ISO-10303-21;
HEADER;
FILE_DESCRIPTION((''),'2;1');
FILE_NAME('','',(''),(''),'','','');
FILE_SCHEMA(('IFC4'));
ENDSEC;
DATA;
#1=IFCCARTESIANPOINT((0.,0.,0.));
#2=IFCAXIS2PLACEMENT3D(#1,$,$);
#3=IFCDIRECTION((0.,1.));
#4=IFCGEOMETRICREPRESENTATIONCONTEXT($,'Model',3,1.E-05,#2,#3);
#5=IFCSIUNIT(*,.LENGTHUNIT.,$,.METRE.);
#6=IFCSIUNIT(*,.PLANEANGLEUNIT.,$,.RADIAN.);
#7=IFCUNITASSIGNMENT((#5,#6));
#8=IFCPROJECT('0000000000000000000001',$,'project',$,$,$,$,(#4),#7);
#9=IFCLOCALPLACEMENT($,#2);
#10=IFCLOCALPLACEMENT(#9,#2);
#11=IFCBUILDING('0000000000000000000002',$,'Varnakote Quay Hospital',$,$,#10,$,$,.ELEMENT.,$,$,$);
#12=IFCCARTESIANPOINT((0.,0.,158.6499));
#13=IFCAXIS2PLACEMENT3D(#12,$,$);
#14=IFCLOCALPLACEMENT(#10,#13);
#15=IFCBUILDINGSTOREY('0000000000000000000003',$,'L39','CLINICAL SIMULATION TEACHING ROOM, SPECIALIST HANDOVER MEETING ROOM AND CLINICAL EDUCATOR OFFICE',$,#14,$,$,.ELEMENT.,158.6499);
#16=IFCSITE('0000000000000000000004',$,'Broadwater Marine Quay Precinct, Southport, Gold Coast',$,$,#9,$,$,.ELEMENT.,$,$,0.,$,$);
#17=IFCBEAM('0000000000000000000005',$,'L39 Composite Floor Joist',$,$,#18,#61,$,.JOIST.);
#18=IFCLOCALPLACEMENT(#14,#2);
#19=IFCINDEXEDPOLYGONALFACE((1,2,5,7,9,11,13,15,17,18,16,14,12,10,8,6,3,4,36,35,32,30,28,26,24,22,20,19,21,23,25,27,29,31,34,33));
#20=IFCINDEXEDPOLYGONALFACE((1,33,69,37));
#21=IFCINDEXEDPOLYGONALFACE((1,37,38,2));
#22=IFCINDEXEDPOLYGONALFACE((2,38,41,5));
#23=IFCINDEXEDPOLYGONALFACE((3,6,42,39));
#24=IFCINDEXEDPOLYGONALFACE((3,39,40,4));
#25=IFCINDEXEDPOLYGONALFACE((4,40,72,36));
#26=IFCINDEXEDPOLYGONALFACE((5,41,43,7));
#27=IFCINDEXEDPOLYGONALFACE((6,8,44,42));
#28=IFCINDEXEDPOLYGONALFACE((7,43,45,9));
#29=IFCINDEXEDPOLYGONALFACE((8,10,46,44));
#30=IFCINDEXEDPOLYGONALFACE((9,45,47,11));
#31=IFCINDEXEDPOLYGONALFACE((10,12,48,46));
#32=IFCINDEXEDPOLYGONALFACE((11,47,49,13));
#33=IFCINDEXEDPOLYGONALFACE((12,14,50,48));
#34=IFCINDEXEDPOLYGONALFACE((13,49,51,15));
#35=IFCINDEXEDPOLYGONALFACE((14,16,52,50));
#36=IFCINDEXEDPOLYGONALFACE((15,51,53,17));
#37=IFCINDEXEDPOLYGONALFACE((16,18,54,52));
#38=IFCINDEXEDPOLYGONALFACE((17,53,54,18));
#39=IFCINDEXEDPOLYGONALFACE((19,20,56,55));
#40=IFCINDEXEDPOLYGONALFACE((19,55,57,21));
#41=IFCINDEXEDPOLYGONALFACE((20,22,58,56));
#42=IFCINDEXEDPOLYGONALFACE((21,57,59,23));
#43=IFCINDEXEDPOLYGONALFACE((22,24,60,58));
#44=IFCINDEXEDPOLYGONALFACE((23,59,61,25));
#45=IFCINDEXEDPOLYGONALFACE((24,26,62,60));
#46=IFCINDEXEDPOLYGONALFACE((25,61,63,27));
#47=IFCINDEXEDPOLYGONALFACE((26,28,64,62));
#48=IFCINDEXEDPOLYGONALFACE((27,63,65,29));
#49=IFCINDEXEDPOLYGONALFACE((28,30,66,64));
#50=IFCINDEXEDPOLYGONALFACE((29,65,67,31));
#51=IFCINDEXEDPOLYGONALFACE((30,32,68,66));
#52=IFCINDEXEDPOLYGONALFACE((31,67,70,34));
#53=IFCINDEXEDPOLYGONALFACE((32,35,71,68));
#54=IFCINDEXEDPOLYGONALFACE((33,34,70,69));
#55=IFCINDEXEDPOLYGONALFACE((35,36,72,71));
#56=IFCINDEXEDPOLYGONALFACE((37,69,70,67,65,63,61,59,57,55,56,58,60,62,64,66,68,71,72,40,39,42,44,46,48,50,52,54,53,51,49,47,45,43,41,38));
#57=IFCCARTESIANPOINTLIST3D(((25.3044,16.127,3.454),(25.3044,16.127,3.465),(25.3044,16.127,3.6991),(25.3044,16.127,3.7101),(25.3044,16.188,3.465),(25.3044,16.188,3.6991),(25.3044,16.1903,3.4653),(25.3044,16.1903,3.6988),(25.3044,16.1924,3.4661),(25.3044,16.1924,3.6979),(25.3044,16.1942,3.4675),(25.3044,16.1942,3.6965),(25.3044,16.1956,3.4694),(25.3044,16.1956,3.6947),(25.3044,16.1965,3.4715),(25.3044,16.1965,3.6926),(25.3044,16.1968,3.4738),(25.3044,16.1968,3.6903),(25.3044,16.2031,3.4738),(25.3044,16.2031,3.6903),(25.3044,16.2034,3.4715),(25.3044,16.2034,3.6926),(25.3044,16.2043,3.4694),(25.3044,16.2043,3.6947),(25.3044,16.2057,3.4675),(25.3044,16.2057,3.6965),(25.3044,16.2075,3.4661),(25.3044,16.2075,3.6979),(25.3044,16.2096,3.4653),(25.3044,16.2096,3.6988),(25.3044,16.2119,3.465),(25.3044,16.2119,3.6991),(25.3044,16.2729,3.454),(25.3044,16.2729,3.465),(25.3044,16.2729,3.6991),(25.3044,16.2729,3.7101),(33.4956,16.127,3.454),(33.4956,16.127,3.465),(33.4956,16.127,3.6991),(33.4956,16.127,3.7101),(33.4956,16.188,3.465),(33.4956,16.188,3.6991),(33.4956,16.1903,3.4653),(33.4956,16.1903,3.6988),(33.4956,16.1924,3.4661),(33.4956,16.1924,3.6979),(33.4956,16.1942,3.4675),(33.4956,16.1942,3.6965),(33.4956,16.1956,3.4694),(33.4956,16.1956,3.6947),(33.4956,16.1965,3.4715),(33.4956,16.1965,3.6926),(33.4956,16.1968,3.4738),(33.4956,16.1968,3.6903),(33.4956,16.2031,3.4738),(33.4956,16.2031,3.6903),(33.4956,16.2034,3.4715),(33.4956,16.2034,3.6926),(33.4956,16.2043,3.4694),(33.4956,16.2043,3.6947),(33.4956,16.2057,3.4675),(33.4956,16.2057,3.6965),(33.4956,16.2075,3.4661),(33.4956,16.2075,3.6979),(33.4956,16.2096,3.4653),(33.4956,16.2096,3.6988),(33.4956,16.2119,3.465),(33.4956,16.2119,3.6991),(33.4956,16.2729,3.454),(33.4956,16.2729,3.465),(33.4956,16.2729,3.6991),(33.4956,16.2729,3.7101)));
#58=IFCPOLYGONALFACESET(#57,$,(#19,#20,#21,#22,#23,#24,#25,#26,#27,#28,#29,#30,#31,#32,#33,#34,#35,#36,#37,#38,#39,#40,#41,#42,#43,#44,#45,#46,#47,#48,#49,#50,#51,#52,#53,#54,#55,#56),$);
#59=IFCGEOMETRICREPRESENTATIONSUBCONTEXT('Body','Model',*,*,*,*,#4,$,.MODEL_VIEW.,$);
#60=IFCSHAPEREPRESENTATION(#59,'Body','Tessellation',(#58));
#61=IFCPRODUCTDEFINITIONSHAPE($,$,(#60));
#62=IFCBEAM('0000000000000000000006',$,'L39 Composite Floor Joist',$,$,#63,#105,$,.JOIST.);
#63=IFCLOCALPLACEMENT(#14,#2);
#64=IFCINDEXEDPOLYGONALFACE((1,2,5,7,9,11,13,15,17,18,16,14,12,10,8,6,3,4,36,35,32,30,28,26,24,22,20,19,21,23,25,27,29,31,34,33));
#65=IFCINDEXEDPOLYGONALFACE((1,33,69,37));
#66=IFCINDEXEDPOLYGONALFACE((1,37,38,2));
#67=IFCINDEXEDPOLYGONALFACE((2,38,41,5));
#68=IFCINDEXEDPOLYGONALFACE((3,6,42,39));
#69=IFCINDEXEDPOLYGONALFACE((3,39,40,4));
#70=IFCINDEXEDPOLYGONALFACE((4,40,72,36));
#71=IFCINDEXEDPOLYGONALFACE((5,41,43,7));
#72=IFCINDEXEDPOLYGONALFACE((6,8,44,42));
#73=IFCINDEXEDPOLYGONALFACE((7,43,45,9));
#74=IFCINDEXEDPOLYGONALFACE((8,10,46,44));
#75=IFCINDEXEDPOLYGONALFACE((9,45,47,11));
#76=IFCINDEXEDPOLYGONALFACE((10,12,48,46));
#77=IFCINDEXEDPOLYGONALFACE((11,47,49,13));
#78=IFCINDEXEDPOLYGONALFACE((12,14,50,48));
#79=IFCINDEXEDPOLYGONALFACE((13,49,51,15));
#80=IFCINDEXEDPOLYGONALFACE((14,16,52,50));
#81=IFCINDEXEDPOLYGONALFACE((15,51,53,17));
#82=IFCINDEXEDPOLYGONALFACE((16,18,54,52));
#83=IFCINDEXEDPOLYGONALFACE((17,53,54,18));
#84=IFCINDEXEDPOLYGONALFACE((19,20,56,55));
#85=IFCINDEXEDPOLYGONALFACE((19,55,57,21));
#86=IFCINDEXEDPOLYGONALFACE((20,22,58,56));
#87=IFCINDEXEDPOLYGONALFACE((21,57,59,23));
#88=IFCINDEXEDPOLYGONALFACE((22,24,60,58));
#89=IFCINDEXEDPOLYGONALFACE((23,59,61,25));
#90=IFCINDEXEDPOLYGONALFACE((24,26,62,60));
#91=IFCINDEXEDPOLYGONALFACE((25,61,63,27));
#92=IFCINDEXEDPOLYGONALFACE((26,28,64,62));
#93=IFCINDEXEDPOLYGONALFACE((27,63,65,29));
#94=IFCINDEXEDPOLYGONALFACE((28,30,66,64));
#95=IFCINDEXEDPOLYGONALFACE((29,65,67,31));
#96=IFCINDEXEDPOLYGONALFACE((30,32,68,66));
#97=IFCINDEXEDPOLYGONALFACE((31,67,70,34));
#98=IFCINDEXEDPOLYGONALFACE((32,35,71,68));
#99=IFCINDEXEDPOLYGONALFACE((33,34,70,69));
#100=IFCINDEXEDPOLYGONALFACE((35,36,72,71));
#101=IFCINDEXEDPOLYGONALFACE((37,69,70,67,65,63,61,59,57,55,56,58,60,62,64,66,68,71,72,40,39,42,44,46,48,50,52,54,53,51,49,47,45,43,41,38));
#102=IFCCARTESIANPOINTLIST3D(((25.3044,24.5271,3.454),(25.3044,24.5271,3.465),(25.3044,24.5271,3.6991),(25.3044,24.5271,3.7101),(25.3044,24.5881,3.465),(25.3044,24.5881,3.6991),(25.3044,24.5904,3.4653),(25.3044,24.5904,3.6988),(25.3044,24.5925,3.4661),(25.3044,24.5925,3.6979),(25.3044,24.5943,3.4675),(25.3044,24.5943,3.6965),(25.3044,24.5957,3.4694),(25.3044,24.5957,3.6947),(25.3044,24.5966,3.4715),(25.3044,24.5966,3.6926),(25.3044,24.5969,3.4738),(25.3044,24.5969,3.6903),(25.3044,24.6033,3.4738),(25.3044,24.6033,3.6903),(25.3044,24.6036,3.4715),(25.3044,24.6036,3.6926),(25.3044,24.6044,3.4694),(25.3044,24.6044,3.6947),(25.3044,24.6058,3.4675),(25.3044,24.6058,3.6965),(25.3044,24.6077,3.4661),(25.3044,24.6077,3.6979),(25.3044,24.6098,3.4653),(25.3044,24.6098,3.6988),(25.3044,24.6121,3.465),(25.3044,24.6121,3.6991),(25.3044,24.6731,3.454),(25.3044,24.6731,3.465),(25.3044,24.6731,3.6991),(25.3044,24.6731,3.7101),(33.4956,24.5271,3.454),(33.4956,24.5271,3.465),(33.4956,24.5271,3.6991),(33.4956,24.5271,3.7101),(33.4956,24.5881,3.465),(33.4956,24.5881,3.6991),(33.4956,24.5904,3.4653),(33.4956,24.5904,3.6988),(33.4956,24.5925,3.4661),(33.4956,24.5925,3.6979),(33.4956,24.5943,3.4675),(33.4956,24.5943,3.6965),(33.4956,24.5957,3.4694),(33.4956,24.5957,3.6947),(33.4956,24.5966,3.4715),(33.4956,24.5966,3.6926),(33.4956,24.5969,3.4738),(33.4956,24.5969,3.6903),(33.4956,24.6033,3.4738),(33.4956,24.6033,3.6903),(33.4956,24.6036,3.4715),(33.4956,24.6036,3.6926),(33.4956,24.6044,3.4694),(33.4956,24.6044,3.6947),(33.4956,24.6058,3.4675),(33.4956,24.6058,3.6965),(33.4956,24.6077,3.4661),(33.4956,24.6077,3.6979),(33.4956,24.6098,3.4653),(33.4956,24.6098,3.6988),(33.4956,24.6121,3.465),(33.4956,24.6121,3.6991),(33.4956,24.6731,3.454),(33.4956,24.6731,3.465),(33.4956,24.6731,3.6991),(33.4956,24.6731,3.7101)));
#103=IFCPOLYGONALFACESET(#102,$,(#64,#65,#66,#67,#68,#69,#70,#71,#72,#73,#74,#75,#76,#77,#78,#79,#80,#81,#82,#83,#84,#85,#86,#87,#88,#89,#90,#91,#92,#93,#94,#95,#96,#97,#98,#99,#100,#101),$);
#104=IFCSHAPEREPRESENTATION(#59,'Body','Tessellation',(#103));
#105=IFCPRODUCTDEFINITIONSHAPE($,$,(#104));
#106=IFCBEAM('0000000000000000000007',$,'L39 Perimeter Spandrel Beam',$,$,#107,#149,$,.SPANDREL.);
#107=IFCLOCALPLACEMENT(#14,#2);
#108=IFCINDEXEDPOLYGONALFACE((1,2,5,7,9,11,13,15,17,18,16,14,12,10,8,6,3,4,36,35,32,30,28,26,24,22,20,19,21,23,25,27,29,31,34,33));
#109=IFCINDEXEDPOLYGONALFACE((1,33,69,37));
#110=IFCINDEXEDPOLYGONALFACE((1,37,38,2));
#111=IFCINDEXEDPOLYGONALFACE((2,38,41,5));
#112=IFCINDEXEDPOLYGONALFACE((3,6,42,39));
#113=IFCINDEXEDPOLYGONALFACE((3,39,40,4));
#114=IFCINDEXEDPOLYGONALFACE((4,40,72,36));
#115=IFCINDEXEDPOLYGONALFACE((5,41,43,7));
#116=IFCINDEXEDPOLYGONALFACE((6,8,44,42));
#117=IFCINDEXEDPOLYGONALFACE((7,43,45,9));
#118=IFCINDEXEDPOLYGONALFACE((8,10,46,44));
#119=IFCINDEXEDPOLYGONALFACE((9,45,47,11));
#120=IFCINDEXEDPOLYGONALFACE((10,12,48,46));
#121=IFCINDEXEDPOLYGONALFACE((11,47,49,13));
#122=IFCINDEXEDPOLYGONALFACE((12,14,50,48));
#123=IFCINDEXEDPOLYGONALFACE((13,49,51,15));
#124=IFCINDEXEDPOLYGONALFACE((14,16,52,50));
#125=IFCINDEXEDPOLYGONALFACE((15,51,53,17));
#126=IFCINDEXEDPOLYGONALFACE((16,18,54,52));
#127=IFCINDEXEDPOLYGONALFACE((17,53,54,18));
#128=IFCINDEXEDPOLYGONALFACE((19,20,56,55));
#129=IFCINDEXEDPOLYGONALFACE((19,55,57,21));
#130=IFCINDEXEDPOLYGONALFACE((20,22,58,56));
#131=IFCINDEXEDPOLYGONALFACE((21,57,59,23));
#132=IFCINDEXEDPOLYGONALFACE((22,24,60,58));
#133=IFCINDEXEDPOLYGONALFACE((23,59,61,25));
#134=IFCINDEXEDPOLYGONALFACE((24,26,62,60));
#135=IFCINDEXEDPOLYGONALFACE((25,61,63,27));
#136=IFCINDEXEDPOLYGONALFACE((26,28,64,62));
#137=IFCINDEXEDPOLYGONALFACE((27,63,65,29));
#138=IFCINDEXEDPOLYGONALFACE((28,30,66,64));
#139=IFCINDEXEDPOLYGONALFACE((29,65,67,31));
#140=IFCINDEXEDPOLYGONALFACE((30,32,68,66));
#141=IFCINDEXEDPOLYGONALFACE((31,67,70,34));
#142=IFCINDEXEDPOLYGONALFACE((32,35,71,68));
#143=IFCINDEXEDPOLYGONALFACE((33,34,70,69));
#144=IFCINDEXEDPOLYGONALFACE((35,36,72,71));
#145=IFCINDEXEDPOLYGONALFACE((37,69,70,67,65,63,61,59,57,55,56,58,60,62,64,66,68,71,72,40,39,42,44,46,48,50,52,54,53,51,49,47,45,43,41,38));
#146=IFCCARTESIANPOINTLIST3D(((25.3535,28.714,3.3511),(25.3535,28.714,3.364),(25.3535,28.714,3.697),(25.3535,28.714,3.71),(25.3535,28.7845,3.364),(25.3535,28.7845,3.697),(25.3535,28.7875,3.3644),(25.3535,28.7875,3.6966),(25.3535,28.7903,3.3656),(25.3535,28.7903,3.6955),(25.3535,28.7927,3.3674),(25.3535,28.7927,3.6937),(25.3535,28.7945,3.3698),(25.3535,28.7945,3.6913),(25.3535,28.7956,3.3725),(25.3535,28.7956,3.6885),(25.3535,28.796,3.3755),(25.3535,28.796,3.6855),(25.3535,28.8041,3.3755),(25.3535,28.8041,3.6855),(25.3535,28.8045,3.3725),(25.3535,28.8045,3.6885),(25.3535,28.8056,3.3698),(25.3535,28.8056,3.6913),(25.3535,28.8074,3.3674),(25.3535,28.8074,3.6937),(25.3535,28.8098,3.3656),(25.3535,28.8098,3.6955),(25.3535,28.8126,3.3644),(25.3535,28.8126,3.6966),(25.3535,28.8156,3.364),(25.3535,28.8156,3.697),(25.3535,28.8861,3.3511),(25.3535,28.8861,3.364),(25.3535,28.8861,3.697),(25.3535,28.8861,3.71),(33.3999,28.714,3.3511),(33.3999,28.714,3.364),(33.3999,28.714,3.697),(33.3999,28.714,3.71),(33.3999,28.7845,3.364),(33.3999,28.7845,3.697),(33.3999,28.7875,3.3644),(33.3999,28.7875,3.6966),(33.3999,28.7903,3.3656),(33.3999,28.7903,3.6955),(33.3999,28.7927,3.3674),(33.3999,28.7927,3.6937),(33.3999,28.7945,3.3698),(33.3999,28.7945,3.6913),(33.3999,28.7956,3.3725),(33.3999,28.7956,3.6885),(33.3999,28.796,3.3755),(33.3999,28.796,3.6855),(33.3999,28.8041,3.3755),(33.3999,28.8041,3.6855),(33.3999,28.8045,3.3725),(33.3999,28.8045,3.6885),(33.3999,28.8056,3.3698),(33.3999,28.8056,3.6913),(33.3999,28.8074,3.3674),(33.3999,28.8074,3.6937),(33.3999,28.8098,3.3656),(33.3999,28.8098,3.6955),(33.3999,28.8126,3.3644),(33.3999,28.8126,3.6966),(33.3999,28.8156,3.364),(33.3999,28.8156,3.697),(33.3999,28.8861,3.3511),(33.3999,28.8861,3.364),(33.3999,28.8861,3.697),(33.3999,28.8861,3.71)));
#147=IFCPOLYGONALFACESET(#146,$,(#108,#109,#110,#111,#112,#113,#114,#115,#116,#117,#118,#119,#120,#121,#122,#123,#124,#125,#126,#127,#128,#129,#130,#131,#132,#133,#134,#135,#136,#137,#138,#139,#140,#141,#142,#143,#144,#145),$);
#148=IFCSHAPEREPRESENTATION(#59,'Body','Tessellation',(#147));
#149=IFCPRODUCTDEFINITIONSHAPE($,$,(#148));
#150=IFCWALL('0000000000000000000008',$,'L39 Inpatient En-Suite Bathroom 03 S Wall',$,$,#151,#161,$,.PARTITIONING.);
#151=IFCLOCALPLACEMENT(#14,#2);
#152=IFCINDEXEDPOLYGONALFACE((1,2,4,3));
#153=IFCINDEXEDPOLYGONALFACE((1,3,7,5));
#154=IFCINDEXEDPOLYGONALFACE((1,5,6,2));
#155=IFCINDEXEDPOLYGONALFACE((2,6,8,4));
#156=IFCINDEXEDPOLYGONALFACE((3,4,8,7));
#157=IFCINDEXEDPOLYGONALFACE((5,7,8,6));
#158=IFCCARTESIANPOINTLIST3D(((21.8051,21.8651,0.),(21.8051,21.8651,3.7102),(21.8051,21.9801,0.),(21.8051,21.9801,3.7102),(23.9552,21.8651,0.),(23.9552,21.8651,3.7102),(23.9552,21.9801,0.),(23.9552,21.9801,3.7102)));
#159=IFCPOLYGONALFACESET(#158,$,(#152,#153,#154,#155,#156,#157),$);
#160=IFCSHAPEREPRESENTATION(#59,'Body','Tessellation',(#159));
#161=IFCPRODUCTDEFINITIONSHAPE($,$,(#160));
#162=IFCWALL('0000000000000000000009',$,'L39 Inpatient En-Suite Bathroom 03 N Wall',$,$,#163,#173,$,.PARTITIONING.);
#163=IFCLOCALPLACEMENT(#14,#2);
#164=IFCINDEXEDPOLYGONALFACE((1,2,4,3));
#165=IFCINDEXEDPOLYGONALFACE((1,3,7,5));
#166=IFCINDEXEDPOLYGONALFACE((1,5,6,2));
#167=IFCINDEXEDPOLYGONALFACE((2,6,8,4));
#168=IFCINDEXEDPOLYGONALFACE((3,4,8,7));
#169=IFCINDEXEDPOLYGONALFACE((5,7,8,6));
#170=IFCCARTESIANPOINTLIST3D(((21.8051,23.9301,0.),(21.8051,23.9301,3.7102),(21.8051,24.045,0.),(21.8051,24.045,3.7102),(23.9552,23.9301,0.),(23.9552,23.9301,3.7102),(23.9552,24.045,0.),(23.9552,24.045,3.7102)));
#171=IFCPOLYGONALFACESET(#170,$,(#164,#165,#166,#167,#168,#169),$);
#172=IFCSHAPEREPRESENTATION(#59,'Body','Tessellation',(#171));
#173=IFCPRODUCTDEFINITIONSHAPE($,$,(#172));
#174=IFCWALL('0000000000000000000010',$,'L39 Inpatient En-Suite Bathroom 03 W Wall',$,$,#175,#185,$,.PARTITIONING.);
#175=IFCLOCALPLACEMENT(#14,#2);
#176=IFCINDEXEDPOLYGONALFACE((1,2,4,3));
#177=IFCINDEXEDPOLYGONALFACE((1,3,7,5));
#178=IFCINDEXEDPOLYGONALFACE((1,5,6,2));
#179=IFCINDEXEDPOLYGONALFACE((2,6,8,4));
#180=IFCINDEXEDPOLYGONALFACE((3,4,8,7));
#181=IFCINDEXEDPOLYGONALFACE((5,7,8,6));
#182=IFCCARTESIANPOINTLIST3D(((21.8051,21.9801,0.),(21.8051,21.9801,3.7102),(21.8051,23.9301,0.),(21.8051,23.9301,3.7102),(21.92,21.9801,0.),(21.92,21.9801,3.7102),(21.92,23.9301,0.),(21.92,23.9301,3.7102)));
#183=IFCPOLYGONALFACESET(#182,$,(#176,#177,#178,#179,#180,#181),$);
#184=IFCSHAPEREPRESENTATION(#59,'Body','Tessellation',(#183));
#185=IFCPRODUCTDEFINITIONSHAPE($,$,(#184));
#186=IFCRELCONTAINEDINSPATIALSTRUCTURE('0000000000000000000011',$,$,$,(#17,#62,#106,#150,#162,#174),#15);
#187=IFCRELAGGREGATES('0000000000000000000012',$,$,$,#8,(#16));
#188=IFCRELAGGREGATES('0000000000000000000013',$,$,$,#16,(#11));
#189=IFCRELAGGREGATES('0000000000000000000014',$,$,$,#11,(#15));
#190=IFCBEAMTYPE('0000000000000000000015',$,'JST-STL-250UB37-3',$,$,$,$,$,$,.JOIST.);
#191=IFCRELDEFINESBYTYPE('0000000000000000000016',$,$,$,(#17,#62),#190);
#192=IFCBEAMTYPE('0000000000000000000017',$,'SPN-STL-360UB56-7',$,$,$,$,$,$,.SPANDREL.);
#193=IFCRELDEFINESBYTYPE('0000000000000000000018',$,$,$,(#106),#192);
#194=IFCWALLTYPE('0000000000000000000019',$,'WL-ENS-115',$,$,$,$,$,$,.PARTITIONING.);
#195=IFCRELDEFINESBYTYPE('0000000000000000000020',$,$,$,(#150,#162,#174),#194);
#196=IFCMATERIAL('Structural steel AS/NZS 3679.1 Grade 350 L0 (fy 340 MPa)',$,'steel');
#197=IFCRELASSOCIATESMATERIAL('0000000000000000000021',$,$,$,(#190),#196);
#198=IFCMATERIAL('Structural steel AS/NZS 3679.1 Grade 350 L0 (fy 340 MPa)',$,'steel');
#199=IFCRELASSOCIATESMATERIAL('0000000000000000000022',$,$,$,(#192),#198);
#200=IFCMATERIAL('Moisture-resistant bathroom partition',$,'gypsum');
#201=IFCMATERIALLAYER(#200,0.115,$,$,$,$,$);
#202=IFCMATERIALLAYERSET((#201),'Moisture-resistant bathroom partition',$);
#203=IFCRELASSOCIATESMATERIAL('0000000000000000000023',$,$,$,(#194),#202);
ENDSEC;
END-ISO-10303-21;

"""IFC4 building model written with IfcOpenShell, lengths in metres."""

from ifc_helpers import new_model, si_unit, direction, frame, frame_2d, origin, origin_2d, place, context, subcontext, project, spatial, rectangle, i_section, extrude, material, layer, layer_set, material_profile, profile_set, type_object, element, save


model = new_model("IFC4")

# Units and contexts
model_context = context("Model", 3, precision=1e-05, world=origin(), true_north=direction((0.0, 1.0)))
body_context = subcontext(model_context, "Body", "Model", "MODEL_VIEW")
ifc_project = project(units=[si_unit("LENGTHUNIT", "METRE"), si_unit("PLANEANGLEUNIT", "RADIAN")], contexts=[model_context])

# Site, building, storey
site_placement = place(None, origin())
site = spatial("IfcSite", under=ifc_project, at=site_placement, Name="Broadwater Marine Quay Precinct, Southport, Gold Coast", CompositionType="ELEMENT", RefElevation=0.0)
building_placement = place(site_placement, origin())
building = spatial("IfcBuilding", under=site, at=building_placement, Name="Varnakote Quay Hospital", CompositionType="ELEMENT")
storey_placement = place(building_placement, frame((0.0, 0.0, 158.6499)))
storey = spatial("IfcBuildingStorey", under=building, at=storey_placement, Name="L39", Description="CLINICAL SIMULATION TEACHING ROOM, SPECIALIST HANDOVER MEETING ROOM AND CLINICAL EDUCATOR OFFICE", CompositionType="ELEMENT", Elevation=158.6499)

# Beams
ifc_material_1 = material(Name="Structural steel AS/NZS 3679.1 Grade 350 L0 (fy 340 MPa)", Category="steel")
ifc_material_profile_1 = material_profile(ifc_material_1, i_section(OverallWidth=0.146, OverallDepth=0.2561, WebThickness=0.0063, FlangeThickness=0.011, FilletRadius=0.0088, at=origin_2d()), Name="250UB37.3")
ifc_profile_set_1 = profile_set([ifc_material_profile_1], Name="Structural steel AS/NZS 3679.1 Grade 350 L0 (fy 340 MPa)")
beam_type_1 = type_object("IfcBeamType", Name="JST-STL-250UB37-3", PredefinedType="JOIST", material=ifc_profile_set_1)
for number, where, z_axis, x_axis, name in (
    (1, (25.3044, 16.2, 3.582), (1.0, 0.0, 0.0), (0.0, 1.0, 0.0), "L39 Composite Floor Joist"),
    (2, (25.3044, 24.6001, 3.582), (1.0, 0.0, 0.0), (0.0, 1.0, 0.0), "L39 Composite Floor Joist"),
):
    element("IfcBeam", number, at=place(storey_placement, frame(where, z_axis=z_axis, x_axis=x_axis)), inside=storey, type_object=beam_type_1, Name=name, PredefinedType="JOIST", context=body_context, shape_type="SweptSolid", body=[
        extrude(i_section(OverallWidth=0.146, OverallDepth=0.2561, WebThickness=0.0063, FlangeThickness=0.011, FilletRadius=0.0088, at=origin_2d()), origin(), (0.0, 0.0, 1.0), 8.1912),
    ])
ifc_material_2 = material(Name="Structural steel AS/NZS 3679.1 Grade 350 L0 (fy 340 MPa)", Category="steel")
ifc_material_profile_2 = material_profile(ifc_material_2, i_section(OverallWidth=0.1721, OverallDepth=0.3589, WebThickness=0.0081, FlangeThickness=0.0129, FilletRadius=0.0115, at=origin_2d()), Name="360UB56.7")
ifc_profile_set_2 = profile_set([ifc_material_profile_2], Name="Structural steel AS/NZS 3679.1 Grade 350 L0 (fy 340 MPa)")
beam_type_2 = type_object("IfcBeamType", Name="SPN-STL-360UB56-7", PredefinedType="SPANDREL", material=ifc_profile_set_2)
beam_1_placement = place(storey_placement, frame((25.3535, 28.8, 3.5305), z_axis=(1.0, 0.0, 0.0), x_axis=(0.0, 1.0, 0.0)))
element("IfcBeam", 3, at=beam_1_placement, inside=storey, type_object=beam_type_2, Name="L39 Perimeter Spandrel Beam", PredefinedType="SPANDREL", context=body_context, shape_type="SweptSolid", body=[
    extrude(i_section(OverallWidth=0.1721, OverallDepth=0.3589, WebThickness=0.0081, FlangeThickness=0.0129, FilletRadius=0.0115, at=origin_2d()), origin(), (0.0, 0.0, 1.0), 8.0464),
])

# Walls
ifc_material_3 = material(Name="Moisture-resistant bathroom partition", Category="gypsum")
ifc_layer_1 = layer(ifc_material_3, 0.115)
ifc_layer_set_1 = layer_set([ifc_layer_1], Name="Moisture-resistant bathroom partition")
wall_type_1 = type_object("IfcWallType", Name="WL-ENS-115", PredefinedType="PARTITIONING", material=ifc_layer_set_1)
for number, where, z_axis, x_axis, name in (
    (4, (21.8049, 21.9226, 0.0), (0.0, 0.0, 1.0), (1.0, 0.0, 0.0), "L39 Inpatient En-Suite Bathroom 03 S Wall"),
    (5, (21.8049, 23.9875, 0.0), (0.0, 0.0, 1.0), (1.0, 0.0, 0.0), "L39 Inpatient En-Suite Bathroom 03 N Wall"),
):
    element("IfcWall", number, at=place(storey_placement, frame(where, z_axis=z_axis, x_axis=x_axis)), inside=storey, type_object=wall_type_1, Name=name, PredefinedType="PARTITIONING", context=body_context, shape_type="SweptSolid", body=[
        extrude(rectangle(XDim=2.1501, YDim=0.115, at=frame_2d((1.0752, 0.0))), origin(), (0.0, 0.0, 1.0), 3.7102),
    ])
wall_1_placement = place(storey_placement, frame((21.8625, 21.98, 0.0), z_axis=(0.0, 0.0, 1.0), x_axis=(0.0, 1.0, 0.0)))
element("IfcWall", 6, at=wall_1_placement, inside=storey, type_object=wall_type_1, Name="L39 Inpatient En-Suite Bathroom 03 W Wall", PredefinedType="PARTITIONING", context=body_context, shape_type="SweptSolid", body=[
    extrude(rectangle(XDim=1.95, YDim=0.115, at=frame_2d((0.9751, 0.0))), origin(), (0.0, 0.0, 1.0), 3.7102),
])

save(model, "model.ifc")
